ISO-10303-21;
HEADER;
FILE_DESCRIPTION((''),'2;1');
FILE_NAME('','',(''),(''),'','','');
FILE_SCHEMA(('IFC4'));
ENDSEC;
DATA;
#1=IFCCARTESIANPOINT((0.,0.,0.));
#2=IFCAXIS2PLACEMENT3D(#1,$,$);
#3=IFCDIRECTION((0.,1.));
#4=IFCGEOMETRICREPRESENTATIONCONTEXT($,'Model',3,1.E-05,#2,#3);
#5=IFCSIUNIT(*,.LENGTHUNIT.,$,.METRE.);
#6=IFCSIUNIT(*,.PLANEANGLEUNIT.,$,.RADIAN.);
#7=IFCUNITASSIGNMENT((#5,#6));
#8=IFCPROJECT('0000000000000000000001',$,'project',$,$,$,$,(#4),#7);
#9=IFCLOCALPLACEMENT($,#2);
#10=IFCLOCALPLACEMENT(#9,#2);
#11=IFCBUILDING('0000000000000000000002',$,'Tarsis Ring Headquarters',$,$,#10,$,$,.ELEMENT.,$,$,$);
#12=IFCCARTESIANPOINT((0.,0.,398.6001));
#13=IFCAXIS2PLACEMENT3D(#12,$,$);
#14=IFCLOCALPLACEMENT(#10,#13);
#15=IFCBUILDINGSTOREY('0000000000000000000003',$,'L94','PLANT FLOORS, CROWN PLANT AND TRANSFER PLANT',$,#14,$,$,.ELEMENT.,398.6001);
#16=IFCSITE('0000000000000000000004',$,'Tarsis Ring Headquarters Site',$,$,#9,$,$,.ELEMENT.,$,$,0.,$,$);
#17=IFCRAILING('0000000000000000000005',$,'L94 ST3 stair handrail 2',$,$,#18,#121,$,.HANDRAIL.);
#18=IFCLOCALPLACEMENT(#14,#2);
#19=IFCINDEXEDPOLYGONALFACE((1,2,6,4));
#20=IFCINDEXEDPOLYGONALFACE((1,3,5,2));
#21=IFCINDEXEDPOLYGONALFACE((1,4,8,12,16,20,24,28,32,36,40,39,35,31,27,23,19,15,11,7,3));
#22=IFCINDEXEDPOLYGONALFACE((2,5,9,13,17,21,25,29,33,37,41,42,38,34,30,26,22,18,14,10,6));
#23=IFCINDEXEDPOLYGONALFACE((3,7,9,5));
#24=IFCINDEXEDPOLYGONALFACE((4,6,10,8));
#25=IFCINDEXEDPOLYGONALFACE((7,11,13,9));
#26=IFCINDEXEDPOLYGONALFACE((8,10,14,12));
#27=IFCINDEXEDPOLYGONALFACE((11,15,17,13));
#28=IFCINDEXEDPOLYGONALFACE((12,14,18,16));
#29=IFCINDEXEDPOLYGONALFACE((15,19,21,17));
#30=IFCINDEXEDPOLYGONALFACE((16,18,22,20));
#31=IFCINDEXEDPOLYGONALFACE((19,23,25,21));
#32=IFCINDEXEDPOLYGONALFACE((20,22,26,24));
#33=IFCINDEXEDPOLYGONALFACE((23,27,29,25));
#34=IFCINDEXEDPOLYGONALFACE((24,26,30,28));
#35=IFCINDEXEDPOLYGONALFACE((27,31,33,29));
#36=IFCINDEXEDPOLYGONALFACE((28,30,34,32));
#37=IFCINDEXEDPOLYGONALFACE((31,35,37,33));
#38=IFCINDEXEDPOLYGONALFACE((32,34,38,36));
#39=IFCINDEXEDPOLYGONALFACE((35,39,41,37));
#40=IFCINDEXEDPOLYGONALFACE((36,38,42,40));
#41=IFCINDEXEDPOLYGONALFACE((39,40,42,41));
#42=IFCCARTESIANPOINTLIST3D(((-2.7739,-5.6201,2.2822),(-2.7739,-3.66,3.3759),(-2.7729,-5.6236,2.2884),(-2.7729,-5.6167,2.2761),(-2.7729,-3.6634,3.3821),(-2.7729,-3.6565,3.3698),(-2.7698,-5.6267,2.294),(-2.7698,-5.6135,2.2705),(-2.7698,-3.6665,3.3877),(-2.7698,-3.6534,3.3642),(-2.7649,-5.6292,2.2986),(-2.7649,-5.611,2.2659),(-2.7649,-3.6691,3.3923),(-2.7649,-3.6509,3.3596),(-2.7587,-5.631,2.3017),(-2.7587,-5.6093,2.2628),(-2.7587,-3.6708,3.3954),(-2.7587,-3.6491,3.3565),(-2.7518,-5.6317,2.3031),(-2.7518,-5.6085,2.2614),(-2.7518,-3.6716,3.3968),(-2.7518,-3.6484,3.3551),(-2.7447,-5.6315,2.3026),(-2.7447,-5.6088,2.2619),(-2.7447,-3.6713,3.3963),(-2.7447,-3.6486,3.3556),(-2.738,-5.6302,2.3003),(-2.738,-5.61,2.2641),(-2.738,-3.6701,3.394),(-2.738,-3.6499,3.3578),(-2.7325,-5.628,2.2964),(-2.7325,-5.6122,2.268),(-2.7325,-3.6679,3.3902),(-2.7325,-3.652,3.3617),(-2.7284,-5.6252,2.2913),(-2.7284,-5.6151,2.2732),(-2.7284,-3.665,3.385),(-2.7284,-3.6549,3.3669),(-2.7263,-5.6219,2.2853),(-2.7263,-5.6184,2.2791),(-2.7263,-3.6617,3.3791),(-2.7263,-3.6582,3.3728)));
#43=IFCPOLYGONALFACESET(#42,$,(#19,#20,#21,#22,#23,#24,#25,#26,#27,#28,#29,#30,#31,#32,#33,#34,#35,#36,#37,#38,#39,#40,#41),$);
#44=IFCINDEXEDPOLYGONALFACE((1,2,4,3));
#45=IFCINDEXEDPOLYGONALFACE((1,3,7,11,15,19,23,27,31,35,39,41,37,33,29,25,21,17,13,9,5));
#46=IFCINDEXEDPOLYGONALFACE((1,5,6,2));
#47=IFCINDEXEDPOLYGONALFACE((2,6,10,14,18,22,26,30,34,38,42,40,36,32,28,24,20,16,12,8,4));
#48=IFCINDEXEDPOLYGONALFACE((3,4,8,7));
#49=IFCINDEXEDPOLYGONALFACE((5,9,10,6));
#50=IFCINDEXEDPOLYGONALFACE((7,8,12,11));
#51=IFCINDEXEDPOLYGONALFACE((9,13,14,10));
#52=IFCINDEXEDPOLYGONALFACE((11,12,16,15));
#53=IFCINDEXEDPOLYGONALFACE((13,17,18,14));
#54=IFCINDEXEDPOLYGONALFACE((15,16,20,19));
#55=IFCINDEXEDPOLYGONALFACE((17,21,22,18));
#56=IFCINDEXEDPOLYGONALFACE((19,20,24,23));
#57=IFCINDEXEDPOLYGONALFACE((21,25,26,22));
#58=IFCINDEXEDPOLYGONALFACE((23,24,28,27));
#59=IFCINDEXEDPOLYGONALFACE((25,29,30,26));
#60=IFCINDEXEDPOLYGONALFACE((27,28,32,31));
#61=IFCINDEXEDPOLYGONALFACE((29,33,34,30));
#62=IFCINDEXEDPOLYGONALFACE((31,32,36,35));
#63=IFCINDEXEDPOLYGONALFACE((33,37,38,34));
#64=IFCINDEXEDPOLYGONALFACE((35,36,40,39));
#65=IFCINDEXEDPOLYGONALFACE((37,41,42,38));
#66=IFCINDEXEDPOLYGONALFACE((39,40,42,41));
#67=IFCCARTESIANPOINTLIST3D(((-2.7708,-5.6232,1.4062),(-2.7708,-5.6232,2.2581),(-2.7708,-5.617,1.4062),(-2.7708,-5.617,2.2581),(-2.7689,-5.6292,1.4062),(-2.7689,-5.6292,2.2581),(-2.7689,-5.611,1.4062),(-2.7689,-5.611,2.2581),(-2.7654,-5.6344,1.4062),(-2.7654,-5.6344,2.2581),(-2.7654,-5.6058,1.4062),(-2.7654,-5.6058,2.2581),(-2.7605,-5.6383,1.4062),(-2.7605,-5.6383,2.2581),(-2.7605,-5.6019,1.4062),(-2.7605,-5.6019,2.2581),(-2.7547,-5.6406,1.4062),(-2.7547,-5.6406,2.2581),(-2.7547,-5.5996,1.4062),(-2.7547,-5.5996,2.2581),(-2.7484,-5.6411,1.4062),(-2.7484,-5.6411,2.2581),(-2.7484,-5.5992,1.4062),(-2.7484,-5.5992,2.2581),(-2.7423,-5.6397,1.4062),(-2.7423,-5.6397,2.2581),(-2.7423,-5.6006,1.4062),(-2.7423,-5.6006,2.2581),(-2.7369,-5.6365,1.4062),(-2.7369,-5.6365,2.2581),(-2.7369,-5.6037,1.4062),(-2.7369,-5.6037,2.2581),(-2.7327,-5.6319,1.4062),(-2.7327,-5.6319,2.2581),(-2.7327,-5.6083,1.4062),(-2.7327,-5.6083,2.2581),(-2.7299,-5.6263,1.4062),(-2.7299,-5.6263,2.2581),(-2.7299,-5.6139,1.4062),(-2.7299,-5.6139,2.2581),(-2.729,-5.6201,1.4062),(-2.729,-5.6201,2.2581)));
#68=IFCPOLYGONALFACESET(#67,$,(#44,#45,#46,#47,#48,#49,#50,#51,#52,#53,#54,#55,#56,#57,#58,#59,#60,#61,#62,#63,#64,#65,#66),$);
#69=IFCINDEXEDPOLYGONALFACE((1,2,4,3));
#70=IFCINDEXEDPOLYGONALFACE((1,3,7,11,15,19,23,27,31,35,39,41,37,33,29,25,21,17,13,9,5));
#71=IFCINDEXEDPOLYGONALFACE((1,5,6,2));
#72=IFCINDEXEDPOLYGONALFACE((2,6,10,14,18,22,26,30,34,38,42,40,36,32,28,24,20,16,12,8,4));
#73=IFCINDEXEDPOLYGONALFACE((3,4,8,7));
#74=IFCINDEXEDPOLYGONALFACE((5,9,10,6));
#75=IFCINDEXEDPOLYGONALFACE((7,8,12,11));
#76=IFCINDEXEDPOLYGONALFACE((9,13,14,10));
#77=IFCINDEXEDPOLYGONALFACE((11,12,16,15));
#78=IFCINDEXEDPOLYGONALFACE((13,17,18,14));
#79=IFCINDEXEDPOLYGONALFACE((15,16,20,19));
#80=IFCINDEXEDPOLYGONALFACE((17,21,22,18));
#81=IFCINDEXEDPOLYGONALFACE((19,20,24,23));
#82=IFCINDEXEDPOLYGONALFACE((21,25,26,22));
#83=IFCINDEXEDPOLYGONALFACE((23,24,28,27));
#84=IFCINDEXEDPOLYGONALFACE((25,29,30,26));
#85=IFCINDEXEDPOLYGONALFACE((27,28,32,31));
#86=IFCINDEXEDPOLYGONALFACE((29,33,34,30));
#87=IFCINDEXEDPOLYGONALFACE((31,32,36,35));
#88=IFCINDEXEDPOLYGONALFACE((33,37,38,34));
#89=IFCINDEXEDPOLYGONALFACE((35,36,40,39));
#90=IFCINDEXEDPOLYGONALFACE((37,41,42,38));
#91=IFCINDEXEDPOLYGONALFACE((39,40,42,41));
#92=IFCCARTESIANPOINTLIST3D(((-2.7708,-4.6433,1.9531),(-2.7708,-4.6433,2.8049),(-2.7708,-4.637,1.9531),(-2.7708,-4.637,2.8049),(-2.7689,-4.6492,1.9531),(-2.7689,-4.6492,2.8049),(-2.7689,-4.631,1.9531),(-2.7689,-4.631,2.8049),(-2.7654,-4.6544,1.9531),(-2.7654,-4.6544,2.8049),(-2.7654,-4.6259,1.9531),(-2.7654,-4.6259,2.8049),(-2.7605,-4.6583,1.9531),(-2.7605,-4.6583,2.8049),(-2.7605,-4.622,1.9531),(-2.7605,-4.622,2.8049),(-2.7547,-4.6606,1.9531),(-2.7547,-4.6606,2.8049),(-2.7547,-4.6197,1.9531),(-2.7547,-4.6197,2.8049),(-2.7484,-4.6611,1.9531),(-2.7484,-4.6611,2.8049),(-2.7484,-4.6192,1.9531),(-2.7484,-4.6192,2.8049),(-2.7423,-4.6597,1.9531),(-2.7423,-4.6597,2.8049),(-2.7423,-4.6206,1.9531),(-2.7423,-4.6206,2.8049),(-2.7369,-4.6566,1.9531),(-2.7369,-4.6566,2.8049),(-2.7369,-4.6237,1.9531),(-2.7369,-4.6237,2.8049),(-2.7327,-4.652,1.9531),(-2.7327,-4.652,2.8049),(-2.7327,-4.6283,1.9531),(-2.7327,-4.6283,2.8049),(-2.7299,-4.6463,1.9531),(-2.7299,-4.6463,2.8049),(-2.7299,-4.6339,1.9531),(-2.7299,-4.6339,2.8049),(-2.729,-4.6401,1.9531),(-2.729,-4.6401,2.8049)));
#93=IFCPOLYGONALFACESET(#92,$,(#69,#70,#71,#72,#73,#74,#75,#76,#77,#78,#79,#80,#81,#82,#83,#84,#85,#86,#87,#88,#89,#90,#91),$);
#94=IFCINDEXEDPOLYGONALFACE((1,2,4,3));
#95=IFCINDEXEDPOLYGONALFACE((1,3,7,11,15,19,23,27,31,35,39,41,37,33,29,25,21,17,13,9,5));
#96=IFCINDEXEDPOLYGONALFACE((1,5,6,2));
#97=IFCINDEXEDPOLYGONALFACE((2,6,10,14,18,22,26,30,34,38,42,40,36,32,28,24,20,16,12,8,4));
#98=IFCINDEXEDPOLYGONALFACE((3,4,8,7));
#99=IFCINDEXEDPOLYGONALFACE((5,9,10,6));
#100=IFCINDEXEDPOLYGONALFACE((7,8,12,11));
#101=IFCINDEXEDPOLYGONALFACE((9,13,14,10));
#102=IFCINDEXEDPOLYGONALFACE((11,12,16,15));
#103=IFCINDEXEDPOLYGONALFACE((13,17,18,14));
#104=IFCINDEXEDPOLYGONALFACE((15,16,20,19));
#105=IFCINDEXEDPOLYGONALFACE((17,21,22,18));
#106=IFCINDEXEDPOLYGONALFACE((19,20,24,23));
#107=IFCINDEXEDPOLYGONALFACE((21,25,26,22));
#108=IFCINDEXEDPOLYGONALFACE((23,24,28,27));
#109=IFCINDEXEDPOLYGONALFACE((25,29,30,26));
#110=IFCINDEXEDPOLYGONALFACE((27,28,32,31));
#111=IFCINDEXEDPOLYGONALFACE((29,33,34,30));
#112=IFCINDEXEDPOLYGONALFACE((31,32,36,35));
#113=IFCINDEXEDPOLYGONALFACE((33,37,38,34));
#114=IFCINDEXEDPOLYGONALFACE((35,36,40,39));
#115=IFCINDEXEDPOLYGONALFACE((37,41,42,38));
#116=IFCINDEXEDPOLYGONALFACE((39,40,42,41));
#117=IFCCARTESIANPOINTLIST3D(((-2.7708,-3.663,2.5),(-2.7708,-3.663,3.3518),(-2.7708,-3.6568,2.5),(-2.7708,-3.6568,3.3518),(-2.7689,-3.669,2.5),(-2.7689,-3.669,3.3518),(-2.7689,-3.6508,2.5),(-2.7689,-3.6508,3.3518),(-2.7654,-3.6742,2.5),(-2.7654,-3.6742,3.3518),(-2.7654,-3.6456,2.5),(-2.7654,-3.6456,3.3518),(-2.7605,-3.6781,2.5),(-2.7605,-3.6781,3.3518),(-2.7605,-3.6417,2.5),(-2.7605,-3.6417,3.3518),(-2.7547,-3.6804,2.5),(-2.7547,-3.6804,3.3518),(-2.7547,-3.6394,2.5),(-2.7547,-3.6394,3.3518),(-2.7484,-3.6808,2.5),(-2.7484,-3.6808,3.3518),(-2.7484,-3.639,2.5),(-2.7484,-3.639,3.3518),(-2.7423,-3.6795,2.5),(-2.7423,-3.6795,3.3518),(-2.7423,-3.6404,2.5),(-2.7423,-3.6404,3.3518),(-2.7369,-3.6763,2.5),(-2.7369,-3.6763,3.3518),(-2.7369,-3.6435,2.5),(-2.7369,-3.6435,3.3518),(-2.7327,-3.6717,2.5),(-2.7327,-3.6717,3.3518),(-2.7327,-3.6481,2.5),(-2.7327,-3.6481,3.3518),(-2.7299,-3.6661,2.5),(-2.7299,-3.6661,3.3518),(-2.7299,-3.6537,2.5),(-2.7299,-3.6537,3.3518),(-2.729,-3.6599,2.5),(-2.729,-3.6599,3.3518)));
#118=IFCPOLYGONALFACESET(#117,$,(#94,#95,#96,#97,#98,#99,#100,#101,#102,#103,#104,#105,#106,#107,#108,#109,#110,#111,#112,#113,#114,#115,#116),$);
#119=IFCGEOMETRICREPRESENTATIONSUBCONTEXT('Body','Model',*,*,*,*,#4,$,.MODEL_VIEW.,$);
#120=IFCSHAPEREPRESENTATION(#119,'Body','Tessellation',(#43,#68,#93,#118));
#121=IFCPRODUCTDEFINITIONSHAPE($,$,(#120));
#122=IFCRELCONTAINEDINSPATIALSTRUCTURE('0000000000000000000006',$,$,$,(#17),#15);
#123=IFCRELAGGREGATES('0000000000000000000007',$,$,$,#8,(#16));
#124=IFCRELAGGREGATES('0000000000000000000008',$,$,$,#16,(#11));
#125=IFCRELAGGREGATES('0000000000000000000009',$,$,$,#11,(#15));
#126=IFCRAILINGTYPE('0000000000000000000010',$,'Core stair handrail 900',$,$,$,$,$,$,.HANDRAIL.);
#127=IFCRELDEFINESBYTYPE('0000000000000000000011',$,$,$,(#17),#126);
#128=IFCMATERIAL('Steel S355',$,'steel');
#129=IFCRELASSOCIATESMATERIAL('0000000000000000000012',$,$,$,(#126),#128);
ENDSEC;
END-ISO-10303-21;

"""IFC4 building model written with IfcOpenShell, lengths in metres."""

from ifc_helpers import new_model, si_unit, direction, frame, origin, origin_2d, place, context, subcontext, project, spatial, circle, extrude, material, type_object, element, save


model = new_model("IFC4")

# Units and contexts
model_context = context("Model", 3, precision=1e-05, world=origin(), true_north=direction((0.0, 1.0)))
body_context = subcontext(model_context, "Body", "Model", "MODEL_VIEW")
ifc_project = project(units=[si_unit("LENGTHUNIT", "METRE"), si_unit("PLANEANGLEUNIT", "RADIAN")], contexts=[model_context])

# Site, building, storey
site_placement = place(None, origin())
site = spatial("IfcSite", under=ifc_project, at=site_placement, Name="Tarsis Ring Headquarters Site", CompositionType="ELEMENT", RefElevation=0.0)
building_placement = place(site_placement, origin())
building = spatial("IfcBuilding", under=site, at=building_placement, Name="Tarsis Ring Headquarters", CompositionType="ELEMENT")
storey_placement = place(building_placement, frame((0.0, 0.0, 398.6001)))
storey = spatial("IfcBuildingStorey", under=building, at=storey_placement, Name="L94", Description="PLANT FLOORS, CROWN PLANT AND TRANSFER PLANT", CompositionType="ELEMENT", Elevation=398.6001)

# Railing
ifc_material_1 = material(Name="Steel S355", Category="steel")
railing_type_1 = type_object("IfcRailingType", Name="Core stair handrail 900", PredefinedType="HANDRAIL", material=ifc_material_1)
railing_1_placement = place(storey_placement, frame((-2.75, -5.6201, 1.4062)))
element("IfcRailing", 1, at=railing_1_placement, inside=storey, type_object=railing_type_1, Name="L94 ST3 stair handrail 2", PredefinedType="HANDRAIL", context=body_context, shape_type="SweptSolid", body=[
    extrude(circle(Radius=0.0239, at=origin_2d()), frame((0.0, 0.0, 0.876), z_axis=(0.0, 0.873258, 0.487258), x_axis=(-1.0, 0.0, 0.0)), (0.0, 0.0, 1.0), 2.2446),
    extrude(circle(Radius=0.021, at=origin_2d()), origin(), (0.0, 0.0, 1.0), 0.8518),
    extrude(circle(Radius=0.021, at=origin_2d()), frame((0.0, 0.98, 0.5469)), (0.0, 0.0, 1.0), 0.8518),
    extrude(circle(Radius=0.021, at=origin_2d()), frame((0.0, 1.9602, 1.0938)), (0.0, 0.0, 1.0), 0.8518),
])

save(model, "model.ifc")
